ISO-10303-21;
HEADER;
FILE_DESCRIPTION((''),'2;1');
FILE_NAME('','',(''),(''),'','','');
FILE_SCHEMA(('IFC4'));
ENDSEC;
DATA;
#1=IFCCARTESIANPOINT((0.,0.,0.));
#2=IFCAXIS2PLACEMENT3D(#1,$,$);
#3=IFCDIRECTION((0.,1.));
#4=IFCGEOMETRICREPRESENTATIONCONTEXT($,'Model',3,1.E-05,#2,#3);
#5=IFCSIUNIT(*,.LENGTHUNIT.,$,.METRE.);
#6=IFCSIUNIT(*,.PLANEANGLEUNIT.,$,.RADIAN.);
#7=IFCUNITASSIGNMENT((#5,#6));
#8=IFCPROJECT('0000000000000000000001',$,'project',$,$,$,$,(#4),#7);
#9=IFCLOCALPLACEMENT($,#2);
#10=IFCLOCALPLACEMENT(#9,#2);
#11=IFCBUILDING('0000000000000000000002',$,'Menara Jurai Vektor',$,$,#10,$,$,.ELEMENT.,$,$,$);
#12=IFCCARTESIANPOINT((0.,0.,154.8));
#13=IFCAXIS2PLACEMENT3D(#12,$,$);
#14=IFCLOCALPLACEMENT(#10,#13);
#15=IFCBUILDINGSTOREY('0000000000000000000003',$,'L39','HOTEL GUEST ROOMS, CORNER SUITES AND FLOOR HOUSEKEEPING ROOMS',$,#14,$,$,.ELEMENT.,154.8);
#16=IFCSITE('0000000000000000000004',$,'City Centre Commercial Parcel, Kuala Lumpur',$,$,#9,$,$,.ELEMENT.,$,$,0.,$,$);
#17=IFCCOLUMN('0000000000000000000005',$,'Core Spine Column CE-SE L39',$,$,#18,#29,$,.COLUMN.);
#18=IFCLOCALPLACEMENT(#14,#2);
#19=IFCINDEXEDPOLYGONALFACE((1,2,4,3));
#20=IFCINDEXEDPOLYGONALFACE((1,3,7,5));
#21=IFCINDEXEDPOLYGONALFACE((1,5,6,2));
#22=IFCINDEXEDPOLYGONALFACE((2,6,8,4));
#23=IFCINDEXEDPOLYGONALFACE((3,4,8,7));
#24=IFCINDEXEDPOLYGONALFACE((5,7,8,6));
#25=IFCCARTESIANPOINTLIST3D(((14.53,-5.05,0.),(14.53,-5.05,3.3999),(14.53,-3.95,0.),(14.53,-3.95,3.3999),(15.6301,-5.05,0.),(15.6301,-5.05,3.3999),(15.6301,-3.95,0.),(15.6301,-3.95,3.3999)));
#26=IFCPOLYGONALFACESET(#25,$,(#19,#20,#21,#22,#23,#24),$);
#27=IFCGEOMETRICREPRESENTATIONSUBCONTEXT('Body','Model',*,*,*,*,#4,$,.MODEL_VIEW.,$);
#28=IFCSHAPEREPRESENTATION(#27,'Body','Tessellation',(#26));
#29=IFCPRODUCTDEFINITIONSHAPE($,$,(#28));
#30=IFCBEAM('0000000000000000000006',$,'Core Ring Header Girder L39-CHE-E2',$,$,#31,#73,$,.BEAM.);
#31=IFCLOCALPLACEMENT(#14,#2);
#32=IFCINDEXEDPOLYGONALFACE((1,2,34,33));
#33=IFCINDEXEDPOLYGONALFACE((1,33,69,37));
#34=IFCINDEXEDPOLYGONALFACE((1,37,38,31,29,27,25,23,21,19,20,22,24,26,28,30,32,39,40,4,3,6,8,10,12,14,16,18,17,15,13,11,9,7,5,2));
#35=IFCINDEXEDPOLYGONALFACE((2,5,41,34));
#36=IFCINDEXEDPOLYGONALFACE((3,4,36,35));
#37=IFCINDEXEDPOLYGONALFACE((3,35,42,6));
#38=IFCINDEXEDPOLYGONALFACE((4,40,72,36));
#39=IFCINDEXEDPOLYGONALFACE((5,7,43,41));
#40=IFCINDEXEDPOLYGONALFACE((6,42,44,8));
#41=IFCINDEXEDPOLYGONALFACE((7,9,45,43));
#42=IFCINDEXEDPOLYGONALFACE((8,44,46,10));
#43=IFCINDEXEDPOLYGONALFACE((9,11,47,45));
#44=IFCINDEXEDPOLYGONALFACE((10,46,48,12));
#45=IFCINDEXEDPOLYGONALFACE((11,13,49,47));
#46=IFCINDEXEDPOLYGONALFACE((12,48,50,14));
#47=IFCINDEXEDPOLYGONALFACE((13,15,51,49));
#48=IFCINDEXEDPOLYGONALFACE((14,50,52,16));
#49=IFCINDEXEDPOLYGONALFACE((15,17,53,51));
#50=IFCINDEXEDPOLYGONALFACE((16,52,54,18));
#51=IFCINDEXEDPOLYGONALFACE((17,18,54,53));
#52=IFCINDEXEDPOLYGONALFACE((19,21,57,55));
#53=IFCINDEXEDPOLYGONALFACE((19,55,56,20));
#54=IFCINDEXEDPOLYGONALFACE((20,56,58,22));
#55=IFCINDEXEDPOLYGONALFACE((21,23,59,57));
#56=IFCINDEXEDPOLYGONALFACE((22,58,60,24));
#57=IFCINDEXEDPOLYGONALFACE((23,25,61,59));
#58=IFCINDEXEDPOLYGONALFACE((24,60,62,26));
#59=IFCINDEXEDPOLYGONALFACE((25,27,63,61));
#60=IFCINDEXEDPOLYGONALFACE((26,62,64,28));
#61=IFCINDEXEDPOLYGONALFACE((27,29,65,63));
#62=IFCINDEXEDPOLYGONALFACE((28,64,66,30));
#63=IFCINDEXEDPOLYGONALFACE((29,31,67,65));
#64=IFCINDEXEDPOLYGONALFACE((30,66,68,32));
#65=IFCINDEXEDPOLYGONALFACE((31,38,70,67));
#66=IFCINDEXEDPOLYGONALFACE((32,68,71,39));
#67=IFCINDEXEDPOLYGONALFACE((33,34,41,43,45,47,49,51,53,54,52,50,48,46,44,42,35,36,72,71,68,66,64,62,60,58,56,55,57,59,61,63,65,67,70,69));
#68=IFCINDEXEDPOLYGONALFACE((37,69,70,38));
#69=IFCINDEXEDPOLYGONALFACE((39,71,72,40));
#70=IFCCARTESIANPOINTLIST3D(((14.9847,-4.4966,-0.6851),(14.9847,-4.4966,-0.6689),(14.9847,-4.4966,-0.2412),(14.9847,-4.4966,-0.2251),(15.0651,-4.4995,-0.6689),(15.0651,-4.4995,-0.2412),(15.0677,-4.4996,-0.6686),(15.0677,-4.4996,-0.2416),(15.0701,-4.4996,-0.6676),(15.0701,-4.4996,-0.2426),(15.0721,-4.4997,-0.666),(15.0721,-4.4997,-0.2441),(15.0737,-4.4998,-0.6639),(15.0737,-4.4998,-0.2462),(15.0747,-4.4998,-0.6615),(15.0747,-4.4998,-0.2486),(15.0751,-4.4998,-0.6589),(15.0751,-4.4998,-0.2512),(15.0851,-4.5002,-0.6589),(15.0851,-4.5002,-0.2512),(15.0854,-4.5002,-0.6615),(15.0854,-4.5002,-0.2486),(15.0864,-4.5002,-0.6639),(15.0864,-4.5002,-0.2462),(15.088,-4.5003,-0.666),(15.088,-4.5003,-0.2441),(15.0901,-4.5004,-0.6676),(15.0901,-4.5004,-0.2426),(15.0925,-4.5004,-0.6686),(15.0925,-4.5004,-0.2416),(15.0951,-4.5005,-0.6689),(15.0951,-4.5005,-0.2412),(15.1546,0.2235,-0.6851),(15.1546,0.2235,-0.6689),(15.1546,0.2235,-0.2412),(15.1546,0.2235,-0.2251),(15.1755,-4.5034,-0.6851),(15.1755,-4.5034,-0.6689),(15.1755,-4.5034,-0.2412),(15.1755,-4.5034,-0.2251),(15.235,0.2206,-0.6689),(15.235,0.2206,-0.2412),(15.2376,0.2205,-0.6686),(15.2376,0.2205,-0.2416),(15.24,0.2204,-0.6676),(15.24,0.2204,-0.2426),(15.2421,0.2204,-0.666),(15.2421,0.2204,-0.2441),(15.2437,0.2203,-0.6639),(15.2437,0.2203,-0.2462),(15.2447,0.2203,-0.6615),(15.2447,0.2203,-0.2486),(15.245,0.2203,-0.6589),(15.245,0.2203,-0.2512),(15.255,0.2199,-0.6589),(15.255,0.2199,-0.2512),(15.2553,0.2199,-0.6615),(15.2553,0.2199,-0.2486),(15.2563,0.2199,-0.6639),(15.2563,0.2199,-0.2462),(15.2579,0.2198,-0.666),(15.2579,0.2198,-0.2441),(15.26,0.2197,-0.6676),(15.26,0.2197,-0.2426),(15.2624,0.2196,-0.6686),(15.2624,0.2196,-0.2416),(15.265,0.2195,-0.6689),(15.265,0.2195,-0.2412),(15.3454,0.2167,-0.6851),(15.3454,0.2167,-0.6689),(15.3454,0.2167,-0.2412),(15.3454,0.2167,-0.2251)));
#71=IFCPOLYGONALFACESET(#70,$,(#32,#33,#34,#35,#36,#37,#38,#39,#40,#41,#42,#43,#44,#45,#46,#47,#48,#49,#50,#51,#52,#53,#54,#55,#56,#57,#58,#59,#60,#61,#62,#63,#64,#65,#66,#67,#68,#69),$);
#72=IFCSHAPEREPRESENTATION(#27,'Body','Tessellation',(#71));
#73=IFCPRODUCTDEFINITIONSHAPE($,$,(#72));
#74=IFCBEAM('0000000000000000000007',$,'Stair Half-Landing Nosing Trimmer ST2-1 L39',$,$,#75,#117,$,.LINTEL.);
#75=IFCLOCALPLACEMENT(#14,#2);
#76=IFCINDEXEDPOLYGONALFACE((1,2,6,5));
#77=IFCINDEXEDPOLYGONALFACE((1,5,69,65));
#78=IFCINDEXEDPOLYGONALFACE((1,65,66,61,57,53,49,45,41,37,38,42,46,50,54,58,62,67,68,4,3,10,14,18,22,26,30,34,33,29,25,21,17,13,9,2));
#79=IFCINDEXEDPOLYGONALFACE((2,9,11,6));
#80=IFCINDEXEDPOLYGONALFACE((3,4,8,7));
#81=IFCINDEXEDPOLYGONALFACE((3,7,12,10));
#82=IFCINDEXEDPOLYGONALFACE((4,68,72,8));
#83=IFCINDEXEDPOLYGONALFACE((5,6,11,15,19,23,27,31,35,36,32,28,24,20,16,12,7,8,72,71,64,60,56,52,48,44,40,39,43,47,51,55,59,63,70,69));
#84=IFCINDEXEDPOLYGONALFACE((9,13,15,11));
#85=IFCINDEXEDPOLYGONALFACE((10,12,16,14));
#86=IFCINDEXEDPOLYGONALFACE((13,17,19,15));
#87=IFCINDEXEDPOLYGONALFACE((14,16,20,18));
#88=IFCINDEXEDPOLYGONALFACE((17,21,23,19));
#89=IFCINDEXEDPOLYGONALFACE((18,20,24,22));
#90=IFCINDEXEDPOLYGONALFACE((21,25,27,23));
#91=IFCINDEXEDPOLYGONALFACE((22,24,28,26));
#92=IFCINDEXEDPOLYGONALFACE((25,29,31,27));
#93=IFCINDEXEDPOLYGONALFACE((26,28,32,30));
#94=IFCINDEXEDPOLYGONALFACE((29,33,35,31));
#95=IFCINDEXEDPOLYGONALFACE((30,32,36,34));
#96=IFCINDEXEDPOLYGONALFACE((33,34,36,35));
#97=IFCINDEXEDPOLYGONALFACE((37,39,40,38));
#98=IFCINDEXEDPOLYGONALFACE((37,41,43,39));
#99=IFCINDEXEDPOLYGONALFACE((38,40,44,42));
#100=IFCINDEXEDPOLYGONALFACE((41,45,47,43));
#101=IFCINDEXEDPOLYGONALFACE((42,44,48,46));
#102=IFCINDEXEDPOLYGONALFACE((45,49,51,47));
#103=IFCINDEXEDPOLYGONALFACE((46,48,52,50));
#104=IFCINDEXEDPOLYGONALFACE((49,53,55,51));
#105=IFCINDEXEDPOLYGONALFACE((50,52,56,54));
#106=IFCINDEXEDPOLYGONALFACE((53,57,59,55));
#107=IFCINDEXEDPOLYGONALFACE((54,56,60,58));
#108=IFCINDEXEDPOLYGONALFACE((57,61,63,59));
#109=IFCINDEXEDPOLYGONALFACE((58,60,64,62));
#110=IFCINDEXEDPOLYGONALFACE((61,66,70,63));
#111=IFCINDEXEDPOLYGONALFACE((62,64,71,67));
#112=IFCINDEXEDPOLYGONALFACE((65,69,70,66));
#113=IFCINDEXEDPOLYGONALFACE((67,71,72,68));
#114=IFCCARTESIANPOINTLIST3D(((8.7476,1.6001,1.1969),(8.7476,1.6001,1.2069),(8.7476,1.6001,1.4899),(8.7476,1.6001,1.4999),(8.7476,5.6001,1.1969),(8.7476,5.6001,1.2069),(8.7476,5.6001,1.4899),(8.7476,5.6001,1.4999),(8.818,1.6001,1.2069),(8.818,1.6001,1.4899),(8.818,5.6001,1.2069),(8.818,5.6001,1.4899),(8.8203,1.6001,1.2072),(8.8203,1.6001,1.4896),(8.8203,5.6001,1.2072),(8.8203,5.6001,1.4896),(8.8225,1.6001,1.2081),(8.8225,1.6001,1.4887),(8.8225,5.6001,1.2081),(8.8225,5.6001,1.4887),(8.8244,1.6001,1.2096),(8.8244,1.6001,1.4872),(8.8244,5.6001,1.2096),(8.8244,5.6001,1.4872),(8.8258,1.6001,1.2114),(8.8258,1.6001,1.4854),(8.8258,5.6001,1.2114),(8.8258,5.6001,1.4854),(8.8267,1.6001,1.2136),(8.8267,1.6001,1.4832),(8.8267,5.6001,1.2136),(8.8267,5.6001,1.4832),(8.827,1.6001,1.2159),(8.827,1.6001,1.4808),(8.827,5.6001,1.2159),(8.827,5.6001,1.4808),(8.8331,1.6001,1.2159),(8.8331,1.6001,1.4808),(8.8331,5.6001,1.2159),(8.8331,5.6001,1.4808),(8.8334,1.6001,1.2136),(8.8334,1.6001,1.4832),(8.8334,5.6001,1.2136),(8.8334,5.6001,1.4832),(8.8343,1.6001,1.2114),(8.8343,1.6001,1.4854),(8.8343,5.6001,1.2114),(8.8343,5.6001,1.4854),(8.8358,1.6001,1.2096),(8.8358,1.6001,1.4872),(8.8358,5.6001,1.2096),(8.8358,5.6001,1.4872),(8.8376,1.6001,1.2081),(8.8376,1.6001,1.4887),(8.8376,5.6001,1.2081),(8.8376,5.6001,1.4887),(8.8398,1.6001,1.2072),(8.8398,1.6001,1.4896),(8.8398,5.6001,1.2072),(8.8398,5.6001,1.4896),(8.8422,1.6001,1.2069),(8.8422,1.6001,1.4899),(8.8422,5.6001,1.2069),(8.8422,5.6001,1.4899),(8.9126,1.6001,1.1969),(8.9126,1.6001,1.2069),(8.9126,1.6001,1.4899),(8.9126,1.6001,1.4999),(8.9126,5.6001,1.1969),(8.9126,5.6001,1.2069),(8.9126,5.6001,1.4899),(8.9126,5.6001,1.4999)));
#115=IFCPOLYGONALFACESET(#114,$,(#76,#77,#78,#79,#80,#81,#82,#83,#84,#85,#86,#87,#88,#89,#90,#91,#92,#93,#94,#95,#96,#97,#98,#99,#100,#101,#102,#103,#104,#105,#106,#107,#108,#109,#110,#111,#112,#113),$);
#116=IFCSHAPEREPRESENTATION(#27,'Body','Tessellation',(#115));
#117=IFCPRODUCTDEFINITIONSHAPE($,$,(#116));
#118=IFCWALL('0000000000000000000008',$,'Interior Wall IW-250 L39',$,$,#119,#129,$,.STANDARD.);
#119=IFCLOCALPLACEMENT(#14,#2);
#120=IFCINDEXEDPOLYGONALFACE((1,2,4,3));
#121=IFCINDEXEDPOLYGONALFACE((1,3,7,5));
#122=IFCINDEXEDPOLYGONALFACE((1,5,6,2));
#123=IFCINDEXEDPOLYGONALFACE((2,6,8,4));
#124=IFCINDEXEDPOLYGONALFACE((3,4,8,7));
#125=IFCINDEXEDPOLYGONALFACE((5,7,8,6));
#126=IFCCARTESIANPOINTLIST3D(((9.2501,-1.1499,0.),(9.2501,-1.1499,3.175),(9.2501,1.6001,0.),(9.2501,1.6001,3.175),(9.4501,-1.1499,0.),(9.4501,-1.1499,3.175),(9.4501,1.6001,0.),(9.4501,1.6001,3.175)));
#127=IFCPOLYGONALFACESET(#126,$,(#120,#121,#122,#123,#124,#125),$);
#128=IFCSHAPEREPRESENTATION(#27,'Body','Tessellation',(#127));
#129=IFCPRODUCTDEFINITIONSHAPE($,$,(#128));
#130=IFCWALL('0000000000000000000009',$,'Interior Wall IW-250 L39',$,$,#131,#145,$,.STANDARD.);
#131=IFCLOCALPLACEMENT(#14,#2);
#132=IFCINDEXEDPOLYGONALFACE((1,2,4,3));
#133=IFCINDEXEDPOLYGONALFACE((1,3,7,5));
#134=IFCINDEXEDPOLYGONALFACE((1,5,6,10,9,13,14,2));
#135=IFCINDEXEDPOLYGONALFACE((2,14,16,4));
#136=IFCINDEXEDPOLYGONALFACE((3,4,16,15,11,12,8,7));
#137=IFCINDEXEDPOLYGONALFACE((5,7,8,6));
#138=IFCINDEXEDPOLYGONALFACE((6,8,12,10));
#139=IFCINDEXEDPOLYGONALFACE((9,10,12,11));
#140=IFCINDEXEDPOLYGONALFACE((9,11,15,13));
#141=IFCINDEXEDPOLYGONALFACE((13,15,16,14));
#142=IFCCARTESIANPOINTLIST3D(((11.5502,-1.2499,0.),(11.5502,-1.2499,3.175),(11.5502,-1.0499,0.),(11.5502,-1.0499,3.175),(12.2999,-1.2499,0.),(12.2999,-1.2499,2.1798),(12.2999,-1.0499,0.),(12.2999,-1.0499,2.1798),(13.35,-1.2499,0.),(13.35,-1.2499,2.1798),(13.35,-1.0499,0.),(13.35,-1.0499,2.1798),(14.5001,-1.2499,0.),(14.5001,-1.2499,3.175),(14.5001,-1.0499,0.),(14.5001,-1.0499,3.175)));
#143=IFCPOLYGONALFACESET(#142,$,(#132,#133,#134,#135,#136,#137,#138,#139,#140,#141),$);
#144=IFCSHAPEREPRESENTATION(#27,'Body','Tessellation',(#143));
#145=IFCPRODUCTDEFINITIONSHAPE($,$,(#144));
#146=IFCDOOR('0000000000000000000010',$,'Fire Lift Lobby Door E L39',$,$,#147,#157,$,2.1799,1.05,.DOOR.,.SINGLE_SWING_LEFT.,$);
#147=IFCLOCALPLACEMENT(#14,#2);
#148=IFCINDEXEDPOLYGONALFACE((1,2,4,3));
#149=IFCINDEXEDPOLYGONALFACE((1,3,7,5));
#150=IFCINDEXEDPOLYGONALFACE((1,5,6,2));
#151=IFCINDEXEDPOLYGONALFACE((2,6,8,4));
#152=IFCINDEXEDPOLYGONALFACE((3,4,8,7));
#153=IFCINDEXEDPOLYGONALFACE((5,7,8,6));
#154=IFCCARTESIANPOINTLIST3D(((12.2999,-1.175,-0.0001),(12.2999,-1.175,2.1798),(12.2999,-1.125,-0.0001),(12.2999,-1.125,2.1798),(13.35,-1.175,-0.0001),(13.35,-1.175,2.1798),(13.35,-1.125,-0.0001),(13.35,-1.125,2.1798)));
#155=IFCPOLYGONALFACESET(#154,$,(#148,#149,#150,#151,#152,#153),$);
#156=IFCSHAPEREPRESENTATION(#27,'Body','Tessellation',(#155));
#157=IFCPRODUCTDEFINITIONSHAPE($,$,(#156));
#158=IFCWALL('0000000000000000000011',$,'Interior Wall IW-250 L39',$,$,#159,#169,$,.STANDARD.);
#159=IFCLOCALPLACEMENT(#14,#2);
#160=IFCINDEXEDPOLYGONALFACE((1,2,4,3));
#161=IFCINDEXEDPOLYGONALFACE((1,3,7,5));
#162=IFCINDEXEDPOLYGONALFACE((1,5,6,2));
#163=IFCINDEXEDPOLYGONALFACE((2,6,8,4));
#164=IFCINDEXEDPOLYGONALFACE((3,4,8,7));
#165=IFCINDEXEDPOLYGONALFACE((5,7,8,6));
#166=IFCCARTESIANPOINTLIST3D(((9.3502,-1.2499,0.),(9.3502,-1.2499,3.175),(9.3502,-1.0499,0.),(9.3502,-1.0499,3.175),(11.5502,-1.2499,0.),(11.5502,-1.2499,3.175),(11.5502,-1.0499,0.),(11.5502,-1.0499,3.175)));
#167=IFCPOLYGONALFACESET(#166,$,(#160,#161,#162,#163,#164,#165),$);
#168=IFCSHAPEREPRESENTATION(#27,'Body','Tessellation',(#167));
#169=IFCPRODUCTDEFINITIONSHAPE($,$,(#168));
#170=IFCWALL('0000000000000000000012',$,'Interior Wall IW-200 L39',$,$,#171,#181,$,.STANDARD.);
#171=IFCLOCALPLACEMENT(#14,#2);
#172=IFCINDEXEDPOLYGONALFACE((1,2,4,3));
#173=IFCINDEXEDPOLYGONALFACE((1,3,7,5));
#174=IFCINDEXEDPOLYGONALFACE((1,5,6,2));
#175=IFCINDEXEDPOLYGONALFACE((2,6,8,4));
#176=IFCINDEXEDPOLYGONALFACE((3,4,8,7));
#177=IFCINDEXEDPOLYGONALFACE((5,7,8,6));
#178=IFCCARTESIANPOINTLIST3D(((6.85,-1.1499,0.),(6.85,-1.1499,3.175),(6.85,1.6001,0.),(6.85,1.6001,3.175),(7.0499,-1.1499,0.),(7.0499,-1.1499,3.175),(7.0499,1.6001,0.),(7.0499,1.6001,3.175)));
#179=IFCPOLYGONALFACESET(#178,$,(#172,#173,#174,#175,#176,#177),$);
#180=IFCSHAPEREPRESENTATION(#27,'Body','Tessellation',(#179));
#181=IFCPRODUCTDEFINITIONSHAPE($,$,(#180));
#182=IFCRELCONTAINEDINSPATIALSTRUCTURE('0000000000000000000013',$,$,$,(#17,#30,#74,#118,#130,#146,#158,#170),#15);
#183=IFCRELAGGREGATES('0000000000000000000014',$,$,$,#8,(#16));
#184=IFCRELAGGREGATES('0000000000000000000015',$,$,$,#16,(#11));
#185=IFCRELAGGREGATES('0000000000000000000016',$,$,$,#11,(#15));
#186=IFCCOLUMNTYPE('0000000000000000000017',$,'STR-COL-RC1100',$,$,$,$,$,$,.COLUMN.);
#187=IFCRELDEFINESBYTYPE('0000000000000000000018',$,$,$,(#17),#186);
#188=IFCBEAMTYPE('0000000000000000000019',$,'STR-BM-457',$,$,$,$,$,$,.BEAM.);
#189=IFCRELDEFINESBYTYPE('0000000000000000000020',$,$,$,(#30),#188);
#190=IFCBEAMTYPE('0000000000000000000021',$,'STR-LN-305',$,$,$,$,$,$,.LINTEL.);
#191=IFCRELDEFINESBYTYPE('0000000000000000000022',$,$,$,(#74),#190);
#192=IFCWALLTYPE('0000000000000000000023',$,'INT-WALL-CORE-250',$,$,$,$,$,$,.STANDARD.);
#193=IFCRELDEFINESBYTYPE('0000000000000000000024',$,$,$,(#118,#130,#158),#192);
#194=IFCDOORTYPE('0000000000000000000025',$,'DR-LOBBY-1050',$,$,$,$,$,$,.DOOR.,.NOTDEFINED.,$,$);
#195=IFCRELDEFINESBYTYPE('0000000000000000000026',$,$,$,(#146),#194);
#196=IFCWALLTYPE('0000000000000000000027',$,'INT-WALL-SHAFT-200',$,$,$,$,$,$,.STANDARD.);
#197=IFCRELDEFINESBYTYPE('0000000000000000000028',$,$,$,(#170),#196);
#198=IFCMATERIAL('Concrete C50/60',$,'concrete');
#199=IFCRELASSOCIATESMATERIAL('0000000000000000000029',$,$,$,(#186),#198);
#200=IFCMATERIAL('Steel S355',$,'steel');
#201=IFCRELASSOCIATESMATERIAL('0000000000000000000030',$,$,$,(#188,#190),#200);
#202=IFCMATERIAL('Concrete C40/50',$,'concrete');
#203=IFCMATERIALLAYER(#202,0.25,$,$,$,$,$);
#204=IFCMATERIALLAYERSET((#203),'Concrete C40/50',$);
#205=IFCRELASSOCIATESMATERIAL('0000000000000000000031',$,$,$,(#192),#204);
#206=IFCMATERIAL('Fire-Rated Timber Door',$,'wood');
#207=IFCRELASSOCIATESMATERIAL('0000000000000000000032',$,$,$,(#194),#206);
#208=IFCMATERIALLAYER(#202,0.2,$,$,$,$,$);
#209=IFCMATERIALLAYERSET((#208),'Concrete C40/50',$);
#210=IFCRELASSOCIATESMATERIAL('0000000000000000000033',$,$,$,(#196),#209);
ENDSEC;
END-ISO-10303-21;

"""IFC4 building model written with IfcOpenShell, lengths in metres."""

from ifc_helpers import new_model, si_unit, direction, frame, frame_2d, origin, origin_2d, place, context, subcontext, project, spatial, rectangle, i_section, extrude, material, layer, layer_set, material_profile, profile_set, type_object, element, fill, save


model = new_model("IFC4")

# Units and contexts
model_context = context("Model", 3, precision=1e-05, world=origin(), true_north=direction((0.0, 1.0)))
body_context = subcontext(model_context, "Body", "Model", "MODEL_VIEW")
ifc_project = project(units=[si_unit("LENGTHUNIT", "METRE"), si_unit("PLANEANGLEUNIT", "RADIAN")], contexts=[model_context])

# Site, building, storey
site_placement = place(None, origin())
site = spatial("IfcSite", under=ifc_project, at=site_placement, Name="City Centre Commercial Parcel, Kuala Lumpur", CompositionType="ELEMENT", RefElevation=0.0)
building_placement = place(site_placement, origin())
building = spatial("IfcBuilding", under=site, at=building_placement, Name="Menara Jurai Vektor", CompositionType="ELEMENT")
storey_placement = place(building_placement, frame((0.0, 0.0, 154.8)))
storey = spatial("IfcBuildingStorey", under=building, at=storey_placement, Name="L39", Description="HOTEL GUEST ROOMS, CORNER SUITES AND FLOOR HOUSEKEEPING ROOMS", CompositionType="ELEMENT", Elevation=154.8)

# Column
ifc_material_1 = material(Name="Concrete C50/60", Category="concrete")
ifc_material_profile_1 = material_profile(ifc_material_1, rectangle(XDim=1.1001, YDim=1.1001, at=origin_2d()), Name="RC 1100x1100")
ifc_profile_set_1 = profile_set([ifc_material_profile_1], Name="Concrete C50/60")
column_type = type_object("IfcColumnType", Name="STR-COL-RC1100", PredefinedType="COLUMN", material=ifc_profile_set_1)
column_placement = place(storey_placement, frame((15.0801, -4.5, 0.0), z_axis=(0.0, 0.0, 1.0), x_axis=(1.0, 0.0, 0.0)))
element("IfcColumn", 1, at=column_placement, inside=storey, type_object=column_type, Name="Core Spine Column CE-SE L39", PredefinedType="COLUMN", context=body_context, shape_type="SweptSolid", body=[
    extrude(rectangle(XDim=1.1001, YDim=1.1001, at=origin_2d()), origin(), (0.0, 0.0, 1.0), 3.3999),
])

# Beams
ifc_material_2 = material(Name="Steel S355", Category="steel")
ifc_material_profile_2 = material_profile(ifc_material_2, i_section(OverallWidth=0.1909, OverallDepth=0.46, WebThickness=0.01, FlangeThickness=0.0161, FilletRadius=0.01, at=origin_2d()), Name="UKB 457x191x82")
ifc_profile_set_2 = profile_set([ifc_material_profile_2], Name="Steel S355")
beam_type_1 = type_object("IfcBeamType", Name="STR-BM-457", PredefinedType="BEAM", material=ifc_profile_set_2)
beam_1_placement = place(storey_placement, frame((15.0801, -4.5, -0.4551), z_axis=(0.035977, 0.999353, 0.0), x_axis=(-0.999353, 0.035977, 0.0)))
element("IfcBeam", 2, at=beam_1_placement, inside=storey, type_object=beam_type_1, Name="Core Ring Header Girder L39-CHE-E2", PredefinedType="BEAM", context=body_context, shape_type="SweptSolid", body=[
    extrude(i_section(OverallWidth=0.1909, OverallDepth=0.46, WebThickness=0.01, FlangeThickness=0.0161, FilletRadius=0.01, at=origin_2d()), origin(), (0.0, 0.0, 1.0), 4.7231),
])
ifc_material_profile_3 = material_profile(ifc_material_2, i_section(OverallWidth=0.165, OverallDepth=0.303, WebThickness=0.0061, FlangeThickness=0.01, FilletRadius=0.009, at=origin_2d()), Name="UKB 305x165x40")
ifc_profile_set_3 = profile_set([ifc_material_profile_3], Name="Steel S355")
beam_type_2 = type_object("IfcBeamType", Name="STR-LN-305", PredefinedType="LINTEL", material=ifc_profile_set_3)
beam_2_placement = place(storey_placement, frame((8.8301, 1.6001, 1.3484), z_axis=(0.0, 1.0, 0.0), x_axis=(-1.0, 0.0, 0.0)))
element("IfcBeam", 3, at=beam_2_placement, inside=storey, type_object=beam_type_2, Name="Stair Half-Landing Nosing Trimmer ST2-1 L39", PredefinedType="LINTEL", context=body_context, shape_type="SweptSolid", body=[
    extrude(i_section(OverallWidth=0.165, OverallDepth=0.303, WebThickness=0.0061, FlangeThickness=0.01, FilletRadius=0.009, at=origin_2d()), origin(), (0.0, 0.0, 1.0), 4.0),
])

# Shared definitions
ifc_material_3 = material(Name="Concrete C40/50", Category="concrete")
ifc_layer_1 = layer(ifc_material_3, 0.25)
ifc_layer_set_1 = layer_set([ifc_layer_1], Name="Concrete C40/50")
wall_type_1 = type_object("IfcWallType", Name="INT-WALL-CORE-250", PredefinedType="STANDARD", material=ifc_layer_set_1)

# Wall
wall_1_placement = place(storey_placement, frame((9.3501, -1.1499, 0.0), z_axis=(0.0, 0.0, 1.0), x_axis=(0.0, 1.0, 0.0)))
element("IfcWall", 4, at=wall_1_placement, inside=storey, type_object=wall_type_1, Name="Interior Wall IW-250 L39", PredefinedType="STANDARD", context=body_context, shape_type="SweptSolid", body=[
    extrude(rectangle(XDim=2.75, YDim=0.2, at=frame_2d((1.375, 0.0))), origin(), (0.0, 0.0, 1.0), 3.175),
])

# Wall, opening, door
wall_2_placement = place(storey_placement, frame((11.55, -1.1499, 0.0), z_axis=(0.0, 0.0, 1.0), x_axis=(1.0, 0.0, 0.0)))
wall_2 = element("IfcWall", 5, at=wall_2_placement, inside=storey, type_object=wall_type_1, Name="Interior Wall IW-250 L39", PredefinedType="STANDARD", context=body_context, shape_type="SweptSolid", body=[
    extrude(rectangle(XDim=2.95, YDim=0.2, at=frame_2d((1.4751, 0.0))), origin(), (0.0, 0.0, 1.0), 3.175),
])
opening_1_placement = place(wall_2_placement, frame((0.75, 0.0, 0.0)))
opening_1 = element("IfcOpeningElement", 6, at=opening_1_placement, cuts=wall_2, PredefinedType="OPENING", context=body_context, shape_type="SweptSolid", body=[
    extrude(rectangle(XDim=1.05, YDim=2.1799, at=frame_2d((0.5249, 1.0898))), frame((0.0, 0.1099, 0.0), z_axis=(0.0, -1.0, 0.0), x_axis=(1.0, 0.0, 0.0)), (0.0, 0.0, 1.0), 0.22),
])
ifc_material_4 = material(Name="Fire-Rated Timber Door", Category="wood")
door_type_1 = type_object("IfcDoorType", Name="DR-LOBBY-1050", OperationType="NOTDEFINED", PredefinedType="DOOR", material=ifc_material_4)
door_1_placement = place(opening_1_placement, origin())
door_1 = element("IfcDoor", 7, at=door_1_placement, inside=storey, type_object=door_type_1, Name="Fire Lift Lobby Door E L39", OperationType="SINGLE_SWING_LEFT", OverallHeight=2.1799, OverallWidth=1.05, PredefinedType="DOOR", context=body_context, shape_type="SweptSolid", body=[
    extrude(rectangle(XDim=1.05, YDim=2.1799, at=frame_2d((0.5249, 1.0898))), frame((0.0, 0.0249, 0.0), z_axis=(0.0, -1.0, 0.0), x_axis=(1.0, 0.0, 0.0)), (0.0, 0.0, 1.0), 0.05),
])
fill(opening_1, door_1)

# Walls
wall_3_placement = place(storey_placement, frame((9.3501, -1.1499, 0.0), z_axis=(0.0, 0.0, 1.0), x_axis=(1.0, 0.0, 0.0)))
element("IfcWall", 8, at=wall_3_placement, inside=storey, type_object=wall_type_1, Name="Interior Wall IW-250 L39", PredefinedType="STANDARD", context=body_context, shape_type="SweptSolid", body=[
    extrude(rectangle(XDim=2.2, YDim=0.2, at=frame_2d((1.1001, 0.0))), origin(), (0.0, 0.0, 1.0), 3.175),
])
ifc_layer_2 = layer(ifc_material_3, 0.2)
ifc_layer_set_2 = layer_set([ifc_layer_2], Name="Concrete C40/50")
wall_type_2 = type_object("IfcWallType", Name="INT-WALL-SHAFT-200", PredefinedType="STANDARD", material=ifc_layer_set_2)
wall_4_placement = place(storey_placement, frame((6.95, -1.1499, 0.0), z_axis=(0.0, 0.0, 1.0), x_axis=(0.0, 1.0, 0.0)))
element("IfcWall", 9, at=wall_4_placement, inside=storey, type_object=wall_type_2, Name="Interior Wall IW-200 L39", PredefinedType="STANDARD", context=body_context, shape_type="SweptSolid", body=[
    extrude(rectangle(XDim=2.75, YDim=0.2, at=frame_2d((1.375, 0.0))), origin(), (0.0, 0.0, 1.0), 3.175),
])

save(model, "model.ifc")
